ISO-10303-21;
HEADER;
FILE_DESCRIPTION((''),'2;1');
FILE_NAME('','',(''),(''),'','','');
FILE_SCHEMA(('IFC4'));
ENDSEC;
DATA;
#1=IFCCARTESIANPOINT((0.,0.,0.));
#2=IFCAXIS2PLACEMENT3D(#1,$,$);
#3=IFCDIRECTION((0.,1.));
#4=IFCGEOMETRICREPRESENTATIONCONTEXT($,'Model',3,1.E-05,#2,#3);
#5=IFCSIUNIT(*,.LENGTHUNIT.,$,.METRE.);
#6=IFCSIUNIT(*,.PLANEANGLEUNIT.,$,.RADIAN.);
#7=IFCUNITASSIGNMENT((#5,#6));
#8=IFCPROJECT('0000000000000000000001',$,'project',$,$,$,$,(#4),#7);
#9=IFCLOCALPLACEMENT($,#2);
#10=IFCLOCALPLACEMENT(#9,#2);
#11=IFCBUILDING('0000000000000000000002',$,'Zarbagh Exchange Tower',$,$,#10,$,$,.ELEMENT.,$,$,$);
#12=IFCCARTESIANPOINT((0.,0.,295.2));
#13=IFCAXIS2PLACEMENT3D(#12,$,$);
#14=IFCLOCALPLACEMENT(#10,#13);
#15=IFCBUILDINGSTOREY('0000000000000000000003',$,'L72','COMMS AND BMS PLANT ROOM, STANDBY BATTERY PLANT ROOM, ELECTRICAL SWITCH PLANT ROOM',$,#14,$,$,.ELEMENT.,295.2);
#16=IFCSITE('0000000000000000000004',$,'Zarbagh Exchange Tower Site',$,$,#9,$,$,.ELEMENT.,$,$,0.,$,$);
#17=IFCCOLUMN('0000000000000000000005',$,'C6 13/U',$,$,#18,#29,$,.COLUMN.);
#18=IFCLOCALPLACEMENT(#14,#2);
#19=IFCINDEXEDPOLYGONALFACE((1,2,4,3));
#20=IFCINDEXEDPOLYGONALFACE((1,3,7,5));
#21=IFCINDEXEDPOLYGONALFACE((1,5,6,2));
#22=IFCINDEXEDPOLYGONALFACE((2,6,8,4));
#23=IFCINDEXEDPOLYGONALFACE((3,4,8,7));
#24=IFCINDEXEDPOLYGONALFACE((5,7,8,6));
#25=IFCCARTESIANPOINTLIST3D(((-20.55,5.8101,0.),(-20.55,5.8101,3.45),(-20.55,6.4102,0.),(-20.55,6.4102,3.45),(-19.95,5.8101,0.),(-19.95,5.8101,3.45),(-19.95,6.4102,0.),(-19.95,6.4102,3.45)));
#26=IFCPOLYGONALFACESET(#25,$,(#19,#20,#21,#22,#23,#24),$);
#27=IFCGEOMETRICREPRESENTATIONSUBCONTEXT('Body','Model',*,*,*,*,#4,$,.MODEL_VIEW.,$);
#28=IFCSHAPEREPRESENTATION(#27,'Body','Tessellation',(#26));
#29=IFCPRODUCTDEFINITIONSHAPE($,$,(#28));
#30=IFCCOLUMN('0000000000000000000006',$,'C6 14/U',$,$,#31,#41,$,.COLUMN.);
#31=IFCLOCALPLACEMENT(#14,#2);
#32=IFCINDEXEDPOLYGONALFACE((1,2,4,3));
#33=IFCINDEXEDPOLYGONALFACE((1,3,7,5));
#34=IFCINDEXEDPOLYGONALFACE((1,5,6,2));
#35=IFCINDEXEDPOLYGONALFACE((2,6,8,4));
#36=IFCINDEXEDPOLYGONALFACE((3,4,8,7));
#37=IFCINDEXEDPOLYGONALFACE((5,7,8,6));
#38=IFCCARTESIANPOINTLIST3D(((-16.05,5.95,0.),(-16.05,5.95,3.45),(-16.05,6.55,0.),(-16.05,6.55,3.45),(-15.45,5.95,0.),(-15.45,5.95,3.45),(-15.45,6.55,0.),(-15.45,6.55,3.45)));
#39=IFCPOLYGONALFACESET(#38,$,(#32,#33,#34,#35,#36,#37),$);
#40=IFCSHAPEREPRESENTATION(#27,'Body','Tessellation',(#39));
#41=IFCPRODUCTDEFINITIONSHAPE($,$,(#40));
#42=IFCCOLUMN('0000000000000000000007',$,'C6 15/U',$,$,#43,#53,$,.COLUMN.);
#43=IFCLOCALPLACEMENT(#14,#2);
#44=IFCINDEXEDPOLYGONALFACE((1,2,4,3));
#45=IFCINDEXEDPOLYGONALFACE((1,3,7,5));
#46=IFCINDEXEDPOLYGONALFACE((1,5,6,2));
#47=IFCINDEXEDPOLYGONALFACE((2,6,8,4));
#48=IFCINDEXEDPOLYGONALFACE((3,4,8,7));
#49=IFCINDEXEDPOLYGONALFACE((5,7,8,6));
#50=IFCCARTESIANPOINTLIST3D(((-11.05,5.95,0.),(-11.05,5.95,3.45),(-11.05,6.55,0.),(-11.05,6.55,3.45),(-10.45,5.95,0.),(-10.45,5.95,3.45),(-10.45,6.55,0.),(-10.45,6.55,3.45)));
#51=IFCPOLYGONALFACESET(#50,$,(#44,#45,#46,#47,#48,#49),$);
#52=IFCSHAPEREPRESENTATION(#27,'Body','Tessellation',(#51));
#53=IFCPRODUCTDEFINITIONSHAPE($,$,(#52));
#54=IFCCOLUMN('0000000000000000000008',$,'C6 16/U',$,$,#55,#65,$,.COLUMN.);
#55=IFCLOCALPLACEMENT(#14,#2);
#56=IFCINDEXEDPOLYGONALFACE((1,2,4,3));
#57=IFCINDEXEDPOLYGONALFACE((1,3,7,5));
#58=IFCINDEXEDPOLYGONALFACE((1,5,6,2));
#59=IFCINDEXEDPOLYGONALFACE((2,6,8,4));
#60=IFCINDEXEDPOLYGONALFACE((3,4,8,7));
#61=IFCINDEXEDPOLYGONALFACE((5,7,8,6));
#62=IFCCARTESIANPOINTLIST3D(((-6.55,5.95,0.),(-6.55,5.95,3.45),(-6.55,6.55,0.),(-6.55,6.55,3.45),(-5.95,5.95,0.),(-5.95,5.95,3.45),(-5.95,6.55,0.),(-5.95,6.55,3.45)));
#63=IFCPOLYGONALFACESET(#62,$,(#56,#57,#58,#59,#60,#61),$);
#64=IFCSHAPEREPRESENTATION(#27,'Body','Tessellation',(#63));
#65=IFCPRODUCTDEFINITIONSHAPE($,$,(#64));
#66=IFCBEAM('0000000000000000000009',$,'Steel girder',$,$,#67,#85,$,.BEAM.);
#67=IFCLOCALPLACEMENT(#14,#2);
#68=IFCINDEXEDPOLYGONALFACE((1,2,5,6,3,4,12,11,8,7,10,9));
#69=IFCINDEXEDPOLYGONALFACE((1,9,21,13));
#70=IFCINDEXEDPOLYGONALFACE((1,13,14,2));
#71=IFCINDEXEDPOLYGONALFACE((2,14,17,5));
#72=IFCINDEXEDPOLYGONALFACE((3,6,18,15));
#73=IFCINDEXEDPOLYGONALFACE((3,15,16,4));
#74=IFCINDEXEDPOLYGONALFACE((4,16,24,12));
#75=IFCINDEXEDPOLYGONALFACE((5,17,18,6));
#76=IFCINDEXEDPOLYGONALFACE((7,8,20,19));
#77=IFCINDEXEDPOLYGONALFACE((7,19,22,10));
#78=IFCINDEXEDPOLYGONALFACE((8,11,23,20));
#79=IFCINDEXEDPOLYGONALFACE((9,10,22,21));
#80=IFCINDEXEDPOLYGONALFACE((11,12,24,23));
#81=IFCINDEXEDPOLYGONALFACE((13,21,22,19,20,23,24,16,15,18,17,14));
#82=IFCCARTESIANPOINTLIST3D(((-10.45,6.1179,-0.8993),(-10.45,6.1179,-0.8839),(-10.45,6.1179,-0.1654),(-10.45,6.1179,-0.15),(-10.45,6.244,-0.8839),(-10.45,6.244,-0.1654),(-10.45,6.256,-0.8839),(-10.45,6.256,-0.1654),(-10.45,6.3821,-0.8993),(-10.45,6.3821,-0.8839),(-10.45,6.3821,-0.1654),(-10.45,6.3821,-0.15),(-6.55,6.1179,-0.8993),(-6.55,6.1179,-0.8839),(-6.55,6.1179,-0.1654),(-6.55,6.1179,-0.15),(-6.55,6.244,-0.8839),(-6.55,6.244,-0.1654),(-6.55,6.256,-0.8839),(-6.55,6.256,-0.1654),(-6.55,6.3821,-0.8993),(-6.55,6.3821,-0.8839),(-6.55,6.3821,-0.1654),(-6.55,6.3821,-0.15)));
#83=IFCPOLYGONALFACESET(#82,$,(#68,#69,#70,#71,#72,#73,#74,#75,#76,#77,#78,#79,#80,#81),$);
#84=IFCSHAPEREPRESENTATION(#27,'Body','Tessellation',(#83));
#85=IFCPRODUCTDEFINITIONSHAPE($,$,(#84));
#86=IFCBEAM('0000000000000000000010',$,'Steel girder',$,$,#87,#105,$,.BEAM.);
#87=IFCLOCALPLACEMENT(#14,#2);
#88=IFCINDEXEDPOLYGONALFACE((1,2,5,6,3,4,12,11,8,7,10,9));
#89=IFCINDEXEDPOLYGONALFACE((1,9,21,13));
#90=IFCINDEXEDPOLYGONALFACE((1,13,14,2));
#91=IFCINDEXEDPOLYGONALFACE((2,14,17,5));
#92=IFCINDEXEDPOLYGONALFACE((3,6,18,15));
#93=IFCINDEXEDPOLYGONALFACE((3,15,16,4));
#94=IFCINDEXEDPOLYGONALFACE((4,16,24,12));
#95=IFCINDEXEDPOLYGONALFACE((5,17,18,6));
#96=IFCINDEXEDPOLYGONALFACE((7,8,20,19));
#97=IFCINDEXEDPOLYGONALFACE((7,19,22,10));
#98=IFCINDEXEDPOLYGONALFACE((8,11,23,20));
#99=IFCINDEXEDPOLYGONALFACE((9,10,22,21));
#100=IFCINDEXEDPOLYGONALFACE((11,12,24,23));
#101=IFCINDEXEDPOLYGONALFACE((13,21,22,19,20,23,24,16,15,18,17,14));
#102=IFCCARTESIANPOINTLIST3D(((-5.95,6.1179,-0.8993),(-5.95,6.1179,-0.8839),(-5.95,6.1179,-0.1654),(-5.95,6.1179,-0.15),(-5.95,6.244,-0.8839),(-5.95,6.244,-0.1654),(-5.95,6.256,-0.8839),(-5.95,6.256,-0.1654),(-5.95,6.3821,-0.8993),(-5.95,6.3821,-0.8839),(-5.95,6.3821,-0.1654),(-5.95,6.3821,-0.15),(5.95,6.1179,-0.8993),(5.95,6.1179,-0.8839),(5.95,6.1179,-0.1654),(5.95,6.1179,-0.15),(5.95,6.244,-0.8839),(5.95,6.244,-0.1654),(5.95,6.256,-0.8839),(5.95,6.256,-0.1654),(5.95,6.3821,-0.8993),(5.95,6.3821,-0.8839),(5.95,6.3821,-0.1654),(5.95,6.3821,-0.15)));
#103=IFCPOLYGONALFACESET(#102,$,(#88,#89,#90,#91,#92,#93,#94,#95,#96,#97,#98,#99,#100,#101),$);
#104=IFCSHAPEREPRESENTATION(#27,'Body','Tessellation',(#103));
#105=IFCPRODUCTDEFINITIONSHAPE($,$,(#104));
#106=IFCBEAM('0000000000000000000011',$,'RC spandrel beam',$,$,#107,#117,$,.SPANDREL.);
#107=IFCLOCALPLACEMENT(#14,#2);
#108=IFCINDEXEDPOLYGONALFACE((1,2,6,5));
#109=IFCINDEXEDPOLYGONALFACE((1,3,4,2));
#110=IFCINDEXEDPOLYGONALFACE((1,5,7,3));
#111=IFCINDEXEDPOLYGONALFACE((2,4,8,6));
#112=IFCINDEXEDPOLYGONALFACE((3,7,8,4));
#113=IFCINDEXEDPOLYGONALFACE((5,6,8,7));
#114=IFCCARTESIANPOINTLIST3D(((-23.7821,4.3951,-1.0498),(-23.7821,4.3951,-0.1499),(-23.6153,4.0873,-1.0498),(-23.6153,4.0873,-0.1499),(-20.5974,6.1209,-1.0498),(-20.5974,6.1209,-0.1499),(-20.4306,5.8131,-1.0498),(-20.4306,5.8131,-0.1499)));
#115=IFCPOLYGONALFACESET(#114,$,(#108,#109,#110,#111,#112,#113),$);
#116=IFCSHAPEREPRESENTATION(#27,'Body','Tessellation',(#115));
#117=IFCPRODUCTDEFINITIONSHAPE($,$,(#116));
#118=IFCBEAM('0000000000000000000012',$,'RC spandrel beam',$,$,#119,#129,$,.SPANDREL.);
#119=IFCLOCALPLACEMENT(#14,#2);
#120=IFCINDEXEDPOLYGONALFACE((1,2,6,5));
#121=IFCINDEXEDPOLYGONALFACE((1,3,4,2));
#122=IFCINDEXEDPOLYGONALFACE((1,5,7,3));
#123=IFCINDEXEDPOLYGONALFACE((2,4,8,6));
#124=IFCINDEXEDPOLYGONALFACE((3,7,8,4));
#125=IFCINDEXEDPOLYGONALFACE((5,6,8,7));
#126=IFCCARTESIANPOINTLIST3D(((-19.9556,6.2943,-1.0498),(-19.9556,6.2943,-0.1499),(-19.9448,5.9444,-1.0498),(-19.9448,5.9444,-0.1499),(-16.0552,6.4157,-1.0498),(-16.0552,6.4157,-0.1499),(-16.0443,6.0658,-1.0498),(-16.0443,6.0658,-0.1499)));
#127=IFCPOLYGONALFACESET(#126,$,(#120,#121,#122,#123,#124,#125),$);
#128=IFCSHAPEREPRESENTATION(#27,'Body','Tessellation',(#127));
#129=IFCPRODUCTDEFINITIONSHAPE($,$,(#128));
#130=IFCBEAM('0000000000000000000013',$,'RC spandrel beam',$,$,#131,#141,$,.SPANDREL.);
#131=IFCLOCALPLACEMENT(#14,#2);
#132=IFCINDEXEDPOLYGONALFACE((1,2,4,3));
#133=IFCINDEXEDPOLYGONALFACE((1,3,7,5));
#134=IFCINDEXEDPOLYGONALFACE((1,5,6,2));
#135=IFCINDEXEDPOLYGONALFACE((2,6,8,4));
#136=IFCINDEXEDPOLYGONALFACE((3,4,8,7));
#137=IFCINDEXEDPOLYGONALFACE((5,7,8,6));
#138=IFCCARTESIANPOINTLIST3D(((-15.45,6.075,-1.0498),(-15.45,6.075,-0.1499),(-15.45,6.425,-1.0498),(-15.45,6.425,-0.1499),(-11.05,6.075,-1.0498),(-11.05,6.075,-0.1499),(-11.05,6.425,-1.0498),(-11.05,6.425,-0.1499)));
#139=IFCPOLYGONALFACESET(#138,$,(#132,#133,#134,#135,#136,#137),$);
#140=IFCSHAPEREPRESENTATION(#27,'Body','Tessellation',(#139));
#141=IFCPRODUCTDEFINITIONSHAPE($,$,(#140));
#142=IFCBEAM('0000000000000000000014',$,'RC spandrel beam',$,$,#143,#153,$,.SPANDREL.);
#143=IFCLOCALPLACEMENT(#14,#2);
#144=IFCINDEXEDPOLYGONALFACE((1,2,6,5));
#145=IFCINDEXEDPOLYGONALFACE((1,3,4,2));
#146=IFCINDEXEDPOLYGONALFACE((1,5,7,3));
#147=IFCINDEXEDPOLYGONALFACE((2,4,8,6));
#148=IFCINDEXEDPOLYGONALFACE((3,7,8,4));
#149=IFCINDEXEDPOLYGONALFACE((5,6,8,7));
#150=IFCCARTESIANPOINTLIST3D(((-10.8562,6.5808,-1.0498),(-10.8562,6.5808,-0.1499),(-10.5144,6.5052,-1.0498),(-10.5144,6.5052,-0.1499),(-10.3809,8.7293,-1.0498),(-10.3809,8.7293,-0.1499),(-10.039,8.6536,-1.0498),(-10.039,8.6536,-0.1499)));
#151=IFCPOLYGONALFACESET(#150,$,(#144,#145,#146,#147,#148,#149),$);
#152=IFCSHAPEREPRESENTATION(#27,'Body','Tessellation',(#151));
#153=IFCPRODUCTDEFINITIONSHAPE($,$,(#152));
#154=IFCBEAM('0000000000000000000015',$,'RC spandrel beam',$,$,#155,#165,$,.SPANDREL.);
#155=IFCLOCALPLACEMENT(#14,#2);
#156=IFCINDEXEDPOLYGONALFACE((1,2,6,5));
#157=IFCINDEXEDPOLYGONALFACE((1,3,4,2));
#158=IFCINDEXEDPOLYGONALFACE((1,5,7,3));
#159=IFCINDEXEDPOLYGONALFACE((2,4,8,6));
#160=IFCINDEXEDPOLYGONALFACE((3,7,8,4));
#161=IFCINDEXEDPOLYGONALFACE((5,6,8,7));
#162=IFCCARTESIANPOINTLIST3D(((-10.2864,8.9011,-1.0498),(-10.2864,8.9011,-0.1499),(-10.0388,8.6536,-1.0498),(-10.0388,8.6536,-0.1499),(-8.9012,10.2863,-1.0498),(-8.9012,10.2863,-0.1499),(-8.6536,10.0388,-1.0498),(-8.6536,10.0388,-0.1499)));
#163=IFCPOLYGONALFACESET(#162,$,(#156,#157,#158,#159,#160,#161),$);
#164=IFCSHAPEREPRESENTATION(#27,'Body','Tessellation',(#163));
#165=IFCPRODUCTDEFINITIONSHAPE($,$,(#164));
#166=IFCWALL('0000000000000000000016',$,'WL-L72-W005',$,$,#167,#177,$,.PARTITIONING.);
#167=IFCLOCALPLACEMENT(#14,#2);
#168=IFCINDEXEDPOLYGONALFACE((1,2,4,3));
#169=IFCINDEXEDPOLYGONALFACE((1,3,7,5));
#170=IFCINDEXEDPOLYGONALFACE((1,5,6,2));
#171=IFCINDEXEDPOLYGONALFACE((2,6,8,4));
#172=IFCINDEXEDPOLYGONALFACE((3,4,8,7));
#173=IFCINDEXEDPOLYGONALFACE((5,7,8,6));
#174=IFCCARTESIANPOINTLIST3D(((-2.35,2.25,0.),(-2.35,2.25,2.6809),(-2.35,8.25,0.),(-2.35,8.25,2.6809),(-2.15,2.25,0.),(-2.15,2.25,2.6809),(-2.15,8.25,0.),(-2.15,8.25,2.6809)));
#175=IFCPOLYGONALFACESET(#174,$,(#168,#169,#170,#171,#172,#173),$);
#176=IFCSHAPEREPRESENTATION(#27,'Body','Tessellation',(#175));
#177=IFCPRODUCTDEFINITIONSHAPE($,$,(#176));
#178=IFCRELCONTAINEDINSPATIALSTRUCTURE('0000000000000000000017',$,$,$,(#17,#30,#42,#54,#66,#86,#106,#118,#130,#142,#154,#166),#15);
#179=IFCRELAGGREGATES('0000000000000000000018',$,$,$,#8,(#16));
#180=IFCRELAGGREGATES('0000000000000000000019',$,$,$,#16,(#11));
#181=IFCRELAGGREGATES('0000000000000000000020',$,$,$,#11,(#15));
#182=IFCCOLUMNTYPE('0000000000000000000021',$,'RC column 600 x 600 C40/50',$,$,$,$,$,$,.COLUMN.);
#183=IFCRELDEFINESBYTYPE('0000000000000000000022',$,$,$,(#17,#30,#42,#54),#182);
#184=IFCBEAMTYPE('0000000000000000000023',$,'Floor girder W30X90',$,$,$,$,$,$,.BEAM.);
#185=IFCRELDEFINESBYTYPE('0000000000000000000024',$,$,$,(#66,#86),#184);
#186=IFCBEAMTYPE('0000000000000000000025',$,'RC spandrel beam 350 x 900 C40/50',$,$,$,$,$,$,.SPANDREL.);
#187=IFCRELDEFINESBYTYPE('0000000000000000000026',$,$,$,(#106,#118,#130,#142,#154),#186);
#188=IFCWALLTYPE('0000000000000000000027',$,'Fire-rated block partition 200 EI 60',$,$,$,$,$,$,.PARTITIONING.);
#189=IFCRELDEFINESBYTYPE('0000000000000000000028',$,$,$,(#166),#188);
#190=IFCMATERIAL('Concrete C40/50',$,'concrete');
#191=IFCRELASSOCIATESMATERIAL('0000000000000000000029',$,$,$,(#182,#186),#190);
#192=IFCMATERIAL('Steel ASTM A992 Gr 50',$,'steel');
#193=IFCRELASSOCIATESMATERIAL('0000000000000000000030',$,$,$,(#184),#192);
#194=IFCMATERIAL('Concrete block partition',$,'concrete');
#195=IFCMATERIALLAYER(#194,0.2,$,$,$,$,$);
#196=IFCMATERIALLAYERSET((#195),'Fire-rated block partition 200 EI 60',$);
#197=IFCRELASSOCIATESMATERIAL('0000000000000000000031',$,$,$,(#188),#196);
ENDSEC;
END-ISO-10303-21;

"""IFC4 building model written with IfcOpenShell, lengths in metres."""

from ifc_helpers import new_model, si_unit, direction, frame, frame_2d, origin, origin_2d, place, context, subcontext, project, spatial, rectangle, i_section, extrude, material, layer, layer_set, material_profile, profile_set, type_object, element, save


model = new_model("IFC4")

# Units and contexts
model_context = context("Model", 3, precision=1e-05, world=origin(), true_north=direction((0.0, 1.0)))
body_context = subcontext(model_context, "Body", "Model", "MODEL_VIEW")
ifc_project = project(units=[si_unit("LENGTHUNIT", "METRE"), si_unit("PLANEANGLEUNIT", "RADIAN")], contexts=[model_context])

# Site, building, storey
site_placement = place(None, origin())
site = spatial("IfcSite", under=ifc_project, at=site_placement, Name="Zarbagh Exchange Tower Site", CompositionType="ELEMENT", RefElevation=0.0)
building_placement = place(site_placement, origin())
building = spatial("IfcBuilding", under=site, at=building_placement, Name="Zarbagh Exchange Tower", CompositionType="ELEMENT")
storey_placement = place(building_placement, frame((0.0, 0.0, 295.2)))
storey = spatial("IfcBuildingStorey", under=building, at=storey_placement, Name="L72", Description="COMMS AND BMS PLANT ROOM, STANDBY BATTERY PLANT ROOM, ELECTRICAL SWITCH PLANT ROOM", CompositionType="ELEMENT", Elevation=295.2)

# Columns
ifc_material_1 = material(Name="Concrete C40/50", Category="concrete")
ifc_material_profile_1 = material_profile(ifc_material_1, rectangle(XDim=0.6001, YDim=0.6001, at=origin_2d()), Name="RC column 600 x 600 C40/50")
ifc_profile_set_1 = profile_set([ifc_material_profile_1], Name="Concrete C40/50")
column_type = type_object("IfcColumnType", Name="RC column 600 x 600 C40/50", PredefinedType="COLUMN", material=ifc_profile_set_1)
for number, where, z_axis, x_axis, name in (
    (1, (-20.25, 6.1101, 0.0), (0.0, 0.0, 1.0), (1.0, 0.0, 0.0), "C6 13/U"),
    (2, (-15.75, 6.25, 0.0), (0.0, 0.0, 1.0), (1.0, 0.0, 0.0), "C6 14/U"),
    (3, (-10.75, 6.25, 0.0), (0.0, 0.0, 1.0), (1.0, 0.0, 0.0), "C6 15/U"),
    (4, (-6.25, 6.25, 0.0), (0.0, 0.0, 1.0), (1.0, 0.0, 0.0), "C6 16/U"),
):
    element("IfcColumn", number, at=place(storey_placement, frame(where, z_axis=z_axis, x_axis=x_axis)), inside=storey, type_object=column_type, Name=name, PredefinedType="COLUMN", context=body_context, shape_type="SweptSolid", body=[
        extrude(rectangle(XDim=0.6001, YDim=0.6001, at=origin_2d()), origin(), (0.0, 0.0, 1.0), 3.45),
    ])

# Beams
ifc_material_2 = material(Name="Steel ASTM A992 Gr 50", Category="steel")
ifc_material_profile_2 = material_profile(ifc_material_2, i_section(OverallWidth=0.2642, OverallDepth=0.7493, WebThickness=0.012, FlangeThickness=0.0154, at=origin_2d()), Name="W30X90")
ifc_profile_set_2 = profile_set([ifc_material_profile_2], Name="Steel ASTM A992 Gr 50")
beam_type_1 = type_object("IfcBeamType", Name="Floor girder W30X90", PredefinedType="BEAM", material=ifc_profile_set_2)
beam_1_placement = place(storey_placement, frame((-10.45, 6.25, -0.5247), z_axis=(1.0, 0.0, 0.0), x_axis=(0.0, 1.0, 0.0)))
element("IfcBeam", 5, at=beam_1_placement, inside=storey, type_object=beam_type_1, Name="Steel girder", PredefinedType="BEAM", context=body_context, shape_type="SweptSolid", body=[
    extrude(i_section(OverallWidth=0.2642, OverallDepth=0.7493, WebThickness=0.012, FlangeThickness=0.0154, at=origin_2d()), origin(), (0.0, 0.0, 1.0), 3.8999),
])
beam_2_placement = place(storey_placement, frame((-5.95, 6.25, -0.5247), z_axis=(1.0, 0.0, 0.0), x_axis=(0.0, 1.0, 0.0)))
element("IfcBeam", 6, at=beam_2_placement, inside=storey, type_object=beam_type_1, Name="Steel girder", PredefinedType="BEAM", context=body_context, shape_type="SweptSolid", body=[
    extrude(i_section(OverallWidth=0.2642, OverallDepth=0.7493, WebThickness=0.012, FlangeThickness=0.0154, at=origin_2d()), origin(), (0.0, 0.0, 1.0), 11.8999),
])
ifc_material_profile_3 = material_profile(ifc_material_1, rectangle(XDim=0.3501, YDim=0.8999, at=origin_2d()), Name="RC spandrel beam 350 x 900 C40/50")
ifc_profile_set_3 = profile_set([ifc_material_profile_3], Name="Concrete C40/50")
beam_type_2 = type_object("IfcBeamType", Name="RC spandrel beam 350 x 900 C40/50", PredefinedType="SPANDREL", material=ifc_profile_set_3)
beam_3_placement = place(storey_placement, frame((-23.6987, 4.2412, -0.5999), z_axis=(0.879208, 0.476437, 0.0), x_axis=(-0.476437, 0.879208, 0.0)))
element("IfcBeam", 7, at=beam_3_placement, inside=storey, type_object=beam_type_2, Name="RC spandrel beam", PredefinedType="SPANDREL", context=body_context, shape_type="SweptSolid", body=[
    extrude(rectangle(XDim=0.3501, YDim=0.8999, at=origin_2d()), origin(), (0.0, 0.0, 1.0), 3.6223),
])
beam_4_placement = place(storey_placement, frame((-19.9502, 6.1194, -0.5999), z_axis=(0.999516, 0.031094, 0.0), x_axis=(-0.031094, 0.999516, 0.0)))
element("IfcBeam", 8, at=beam_4_placement, inside=storey, type_object=beam_type_2, Name="RC spandrel beam", PredefinedType="SPANDREL", context=body_context, shape_type="SweptSolid", body=[
    extrude(rectangle(XDim=0.3501, YDim=0.8999, at=origin_2d()), origin(), (0.0, 0.0, 1.0), 3.9023),
])
beam_5_placement = place(storey_placement, frame((-15.45, 6.25, -0.5999), z_axis=(1.0, 0.0, 0.0), x_axis=(0.0, 1.0, 0.0)))
element("IfcBeam", 9, at=beam_5_placement, inside=storey, type_object=beam_type_2, Name="RC spandrel beam", PredefinedType="SPANDREL", context=body_context, shape_type="SweptSolid", body=[
    extrude(rectangle(XDim=0.3501, YDim=0.8999, at=origin_2d()), origin(), (0.0, 0.0, 1.0), 4.3999),
])
beam_6_placement = place(storey_placement, frame((-10.6853, 6.543, -0.5999), z_axis=(0.216026, 0.976388, 0.0), x_axis=(-0.976388, 0.216026, 0.0)))
element("IfcBeam", 10, at=beam_6_placement, inside=storey, type_object=beam_type_2, Name="RC spandrel beam", PredefinedType="SPANDREL", context=body_context, shape_type="SweptSolid", body=[
    extrude(rectangle(XDim=0.3501, YDim=0.8999, at=origin_2d()), origin(), (0.0, 0.0, 1.0), 2.2004),
])
beam_7_placement = place(storey_placement, frame((-10.1626, 8.7773, -0.5999), z_axis=(0.707107, 0.707107, 0.0), x_axis=(-0.707107, 0.707107, 0.0)))
element("IfcBeam", 11, at=beam_7_placement, inside=storey, type_object=beam_type_2, Name="RC spandrel beam", PredefinedType="SPANDREL", context=body_context, shape_type="SweptSolid", body=[
    extrude(rectangle(XDim=0.3501, YDim=0.8999, at=origin_2d()), origin(), (0.0, 0.0, 1.0), 1.959),
])

# Wall
ifc_material_3 = material(Name="Concrete block partition", Category="concrete")
ifc_layer_1 = layer(ifc_material_3, 0.2)
ifc_layer_set_1 = layer_set([ifc_layer_1], Name="Fire-rated block partition 200 EI 60")
wall_type_1 = type_object("IfcWallType", Name="Fire-rated block partition 200 EI 60", PredefinedType="PARTITIONING", material=ifc_layer_set_1)
wall_1_placement = place(storey_placement, frame((-2.25, 2.25, 0.0), z_axis=(0.0, 0.0, 1.0), x_axis=(0.0, 1.0, 0.0)))
element("IfcWall", 12, at=wall_1_placement, inside=storey, type_object=wall_type_1, Name="WL-L72-W005", PredefinedType="PARTITIONING", context=body_context, shape_type="SweptSolid", body=[
    extrude(rectangle(XDim=6.0, YDim=0.2, at=frame_2d((3.0, 0.0))), origin(), (0.0, 0.0, 1.0), 2.6809),
])

save(model, "model.ifc")
